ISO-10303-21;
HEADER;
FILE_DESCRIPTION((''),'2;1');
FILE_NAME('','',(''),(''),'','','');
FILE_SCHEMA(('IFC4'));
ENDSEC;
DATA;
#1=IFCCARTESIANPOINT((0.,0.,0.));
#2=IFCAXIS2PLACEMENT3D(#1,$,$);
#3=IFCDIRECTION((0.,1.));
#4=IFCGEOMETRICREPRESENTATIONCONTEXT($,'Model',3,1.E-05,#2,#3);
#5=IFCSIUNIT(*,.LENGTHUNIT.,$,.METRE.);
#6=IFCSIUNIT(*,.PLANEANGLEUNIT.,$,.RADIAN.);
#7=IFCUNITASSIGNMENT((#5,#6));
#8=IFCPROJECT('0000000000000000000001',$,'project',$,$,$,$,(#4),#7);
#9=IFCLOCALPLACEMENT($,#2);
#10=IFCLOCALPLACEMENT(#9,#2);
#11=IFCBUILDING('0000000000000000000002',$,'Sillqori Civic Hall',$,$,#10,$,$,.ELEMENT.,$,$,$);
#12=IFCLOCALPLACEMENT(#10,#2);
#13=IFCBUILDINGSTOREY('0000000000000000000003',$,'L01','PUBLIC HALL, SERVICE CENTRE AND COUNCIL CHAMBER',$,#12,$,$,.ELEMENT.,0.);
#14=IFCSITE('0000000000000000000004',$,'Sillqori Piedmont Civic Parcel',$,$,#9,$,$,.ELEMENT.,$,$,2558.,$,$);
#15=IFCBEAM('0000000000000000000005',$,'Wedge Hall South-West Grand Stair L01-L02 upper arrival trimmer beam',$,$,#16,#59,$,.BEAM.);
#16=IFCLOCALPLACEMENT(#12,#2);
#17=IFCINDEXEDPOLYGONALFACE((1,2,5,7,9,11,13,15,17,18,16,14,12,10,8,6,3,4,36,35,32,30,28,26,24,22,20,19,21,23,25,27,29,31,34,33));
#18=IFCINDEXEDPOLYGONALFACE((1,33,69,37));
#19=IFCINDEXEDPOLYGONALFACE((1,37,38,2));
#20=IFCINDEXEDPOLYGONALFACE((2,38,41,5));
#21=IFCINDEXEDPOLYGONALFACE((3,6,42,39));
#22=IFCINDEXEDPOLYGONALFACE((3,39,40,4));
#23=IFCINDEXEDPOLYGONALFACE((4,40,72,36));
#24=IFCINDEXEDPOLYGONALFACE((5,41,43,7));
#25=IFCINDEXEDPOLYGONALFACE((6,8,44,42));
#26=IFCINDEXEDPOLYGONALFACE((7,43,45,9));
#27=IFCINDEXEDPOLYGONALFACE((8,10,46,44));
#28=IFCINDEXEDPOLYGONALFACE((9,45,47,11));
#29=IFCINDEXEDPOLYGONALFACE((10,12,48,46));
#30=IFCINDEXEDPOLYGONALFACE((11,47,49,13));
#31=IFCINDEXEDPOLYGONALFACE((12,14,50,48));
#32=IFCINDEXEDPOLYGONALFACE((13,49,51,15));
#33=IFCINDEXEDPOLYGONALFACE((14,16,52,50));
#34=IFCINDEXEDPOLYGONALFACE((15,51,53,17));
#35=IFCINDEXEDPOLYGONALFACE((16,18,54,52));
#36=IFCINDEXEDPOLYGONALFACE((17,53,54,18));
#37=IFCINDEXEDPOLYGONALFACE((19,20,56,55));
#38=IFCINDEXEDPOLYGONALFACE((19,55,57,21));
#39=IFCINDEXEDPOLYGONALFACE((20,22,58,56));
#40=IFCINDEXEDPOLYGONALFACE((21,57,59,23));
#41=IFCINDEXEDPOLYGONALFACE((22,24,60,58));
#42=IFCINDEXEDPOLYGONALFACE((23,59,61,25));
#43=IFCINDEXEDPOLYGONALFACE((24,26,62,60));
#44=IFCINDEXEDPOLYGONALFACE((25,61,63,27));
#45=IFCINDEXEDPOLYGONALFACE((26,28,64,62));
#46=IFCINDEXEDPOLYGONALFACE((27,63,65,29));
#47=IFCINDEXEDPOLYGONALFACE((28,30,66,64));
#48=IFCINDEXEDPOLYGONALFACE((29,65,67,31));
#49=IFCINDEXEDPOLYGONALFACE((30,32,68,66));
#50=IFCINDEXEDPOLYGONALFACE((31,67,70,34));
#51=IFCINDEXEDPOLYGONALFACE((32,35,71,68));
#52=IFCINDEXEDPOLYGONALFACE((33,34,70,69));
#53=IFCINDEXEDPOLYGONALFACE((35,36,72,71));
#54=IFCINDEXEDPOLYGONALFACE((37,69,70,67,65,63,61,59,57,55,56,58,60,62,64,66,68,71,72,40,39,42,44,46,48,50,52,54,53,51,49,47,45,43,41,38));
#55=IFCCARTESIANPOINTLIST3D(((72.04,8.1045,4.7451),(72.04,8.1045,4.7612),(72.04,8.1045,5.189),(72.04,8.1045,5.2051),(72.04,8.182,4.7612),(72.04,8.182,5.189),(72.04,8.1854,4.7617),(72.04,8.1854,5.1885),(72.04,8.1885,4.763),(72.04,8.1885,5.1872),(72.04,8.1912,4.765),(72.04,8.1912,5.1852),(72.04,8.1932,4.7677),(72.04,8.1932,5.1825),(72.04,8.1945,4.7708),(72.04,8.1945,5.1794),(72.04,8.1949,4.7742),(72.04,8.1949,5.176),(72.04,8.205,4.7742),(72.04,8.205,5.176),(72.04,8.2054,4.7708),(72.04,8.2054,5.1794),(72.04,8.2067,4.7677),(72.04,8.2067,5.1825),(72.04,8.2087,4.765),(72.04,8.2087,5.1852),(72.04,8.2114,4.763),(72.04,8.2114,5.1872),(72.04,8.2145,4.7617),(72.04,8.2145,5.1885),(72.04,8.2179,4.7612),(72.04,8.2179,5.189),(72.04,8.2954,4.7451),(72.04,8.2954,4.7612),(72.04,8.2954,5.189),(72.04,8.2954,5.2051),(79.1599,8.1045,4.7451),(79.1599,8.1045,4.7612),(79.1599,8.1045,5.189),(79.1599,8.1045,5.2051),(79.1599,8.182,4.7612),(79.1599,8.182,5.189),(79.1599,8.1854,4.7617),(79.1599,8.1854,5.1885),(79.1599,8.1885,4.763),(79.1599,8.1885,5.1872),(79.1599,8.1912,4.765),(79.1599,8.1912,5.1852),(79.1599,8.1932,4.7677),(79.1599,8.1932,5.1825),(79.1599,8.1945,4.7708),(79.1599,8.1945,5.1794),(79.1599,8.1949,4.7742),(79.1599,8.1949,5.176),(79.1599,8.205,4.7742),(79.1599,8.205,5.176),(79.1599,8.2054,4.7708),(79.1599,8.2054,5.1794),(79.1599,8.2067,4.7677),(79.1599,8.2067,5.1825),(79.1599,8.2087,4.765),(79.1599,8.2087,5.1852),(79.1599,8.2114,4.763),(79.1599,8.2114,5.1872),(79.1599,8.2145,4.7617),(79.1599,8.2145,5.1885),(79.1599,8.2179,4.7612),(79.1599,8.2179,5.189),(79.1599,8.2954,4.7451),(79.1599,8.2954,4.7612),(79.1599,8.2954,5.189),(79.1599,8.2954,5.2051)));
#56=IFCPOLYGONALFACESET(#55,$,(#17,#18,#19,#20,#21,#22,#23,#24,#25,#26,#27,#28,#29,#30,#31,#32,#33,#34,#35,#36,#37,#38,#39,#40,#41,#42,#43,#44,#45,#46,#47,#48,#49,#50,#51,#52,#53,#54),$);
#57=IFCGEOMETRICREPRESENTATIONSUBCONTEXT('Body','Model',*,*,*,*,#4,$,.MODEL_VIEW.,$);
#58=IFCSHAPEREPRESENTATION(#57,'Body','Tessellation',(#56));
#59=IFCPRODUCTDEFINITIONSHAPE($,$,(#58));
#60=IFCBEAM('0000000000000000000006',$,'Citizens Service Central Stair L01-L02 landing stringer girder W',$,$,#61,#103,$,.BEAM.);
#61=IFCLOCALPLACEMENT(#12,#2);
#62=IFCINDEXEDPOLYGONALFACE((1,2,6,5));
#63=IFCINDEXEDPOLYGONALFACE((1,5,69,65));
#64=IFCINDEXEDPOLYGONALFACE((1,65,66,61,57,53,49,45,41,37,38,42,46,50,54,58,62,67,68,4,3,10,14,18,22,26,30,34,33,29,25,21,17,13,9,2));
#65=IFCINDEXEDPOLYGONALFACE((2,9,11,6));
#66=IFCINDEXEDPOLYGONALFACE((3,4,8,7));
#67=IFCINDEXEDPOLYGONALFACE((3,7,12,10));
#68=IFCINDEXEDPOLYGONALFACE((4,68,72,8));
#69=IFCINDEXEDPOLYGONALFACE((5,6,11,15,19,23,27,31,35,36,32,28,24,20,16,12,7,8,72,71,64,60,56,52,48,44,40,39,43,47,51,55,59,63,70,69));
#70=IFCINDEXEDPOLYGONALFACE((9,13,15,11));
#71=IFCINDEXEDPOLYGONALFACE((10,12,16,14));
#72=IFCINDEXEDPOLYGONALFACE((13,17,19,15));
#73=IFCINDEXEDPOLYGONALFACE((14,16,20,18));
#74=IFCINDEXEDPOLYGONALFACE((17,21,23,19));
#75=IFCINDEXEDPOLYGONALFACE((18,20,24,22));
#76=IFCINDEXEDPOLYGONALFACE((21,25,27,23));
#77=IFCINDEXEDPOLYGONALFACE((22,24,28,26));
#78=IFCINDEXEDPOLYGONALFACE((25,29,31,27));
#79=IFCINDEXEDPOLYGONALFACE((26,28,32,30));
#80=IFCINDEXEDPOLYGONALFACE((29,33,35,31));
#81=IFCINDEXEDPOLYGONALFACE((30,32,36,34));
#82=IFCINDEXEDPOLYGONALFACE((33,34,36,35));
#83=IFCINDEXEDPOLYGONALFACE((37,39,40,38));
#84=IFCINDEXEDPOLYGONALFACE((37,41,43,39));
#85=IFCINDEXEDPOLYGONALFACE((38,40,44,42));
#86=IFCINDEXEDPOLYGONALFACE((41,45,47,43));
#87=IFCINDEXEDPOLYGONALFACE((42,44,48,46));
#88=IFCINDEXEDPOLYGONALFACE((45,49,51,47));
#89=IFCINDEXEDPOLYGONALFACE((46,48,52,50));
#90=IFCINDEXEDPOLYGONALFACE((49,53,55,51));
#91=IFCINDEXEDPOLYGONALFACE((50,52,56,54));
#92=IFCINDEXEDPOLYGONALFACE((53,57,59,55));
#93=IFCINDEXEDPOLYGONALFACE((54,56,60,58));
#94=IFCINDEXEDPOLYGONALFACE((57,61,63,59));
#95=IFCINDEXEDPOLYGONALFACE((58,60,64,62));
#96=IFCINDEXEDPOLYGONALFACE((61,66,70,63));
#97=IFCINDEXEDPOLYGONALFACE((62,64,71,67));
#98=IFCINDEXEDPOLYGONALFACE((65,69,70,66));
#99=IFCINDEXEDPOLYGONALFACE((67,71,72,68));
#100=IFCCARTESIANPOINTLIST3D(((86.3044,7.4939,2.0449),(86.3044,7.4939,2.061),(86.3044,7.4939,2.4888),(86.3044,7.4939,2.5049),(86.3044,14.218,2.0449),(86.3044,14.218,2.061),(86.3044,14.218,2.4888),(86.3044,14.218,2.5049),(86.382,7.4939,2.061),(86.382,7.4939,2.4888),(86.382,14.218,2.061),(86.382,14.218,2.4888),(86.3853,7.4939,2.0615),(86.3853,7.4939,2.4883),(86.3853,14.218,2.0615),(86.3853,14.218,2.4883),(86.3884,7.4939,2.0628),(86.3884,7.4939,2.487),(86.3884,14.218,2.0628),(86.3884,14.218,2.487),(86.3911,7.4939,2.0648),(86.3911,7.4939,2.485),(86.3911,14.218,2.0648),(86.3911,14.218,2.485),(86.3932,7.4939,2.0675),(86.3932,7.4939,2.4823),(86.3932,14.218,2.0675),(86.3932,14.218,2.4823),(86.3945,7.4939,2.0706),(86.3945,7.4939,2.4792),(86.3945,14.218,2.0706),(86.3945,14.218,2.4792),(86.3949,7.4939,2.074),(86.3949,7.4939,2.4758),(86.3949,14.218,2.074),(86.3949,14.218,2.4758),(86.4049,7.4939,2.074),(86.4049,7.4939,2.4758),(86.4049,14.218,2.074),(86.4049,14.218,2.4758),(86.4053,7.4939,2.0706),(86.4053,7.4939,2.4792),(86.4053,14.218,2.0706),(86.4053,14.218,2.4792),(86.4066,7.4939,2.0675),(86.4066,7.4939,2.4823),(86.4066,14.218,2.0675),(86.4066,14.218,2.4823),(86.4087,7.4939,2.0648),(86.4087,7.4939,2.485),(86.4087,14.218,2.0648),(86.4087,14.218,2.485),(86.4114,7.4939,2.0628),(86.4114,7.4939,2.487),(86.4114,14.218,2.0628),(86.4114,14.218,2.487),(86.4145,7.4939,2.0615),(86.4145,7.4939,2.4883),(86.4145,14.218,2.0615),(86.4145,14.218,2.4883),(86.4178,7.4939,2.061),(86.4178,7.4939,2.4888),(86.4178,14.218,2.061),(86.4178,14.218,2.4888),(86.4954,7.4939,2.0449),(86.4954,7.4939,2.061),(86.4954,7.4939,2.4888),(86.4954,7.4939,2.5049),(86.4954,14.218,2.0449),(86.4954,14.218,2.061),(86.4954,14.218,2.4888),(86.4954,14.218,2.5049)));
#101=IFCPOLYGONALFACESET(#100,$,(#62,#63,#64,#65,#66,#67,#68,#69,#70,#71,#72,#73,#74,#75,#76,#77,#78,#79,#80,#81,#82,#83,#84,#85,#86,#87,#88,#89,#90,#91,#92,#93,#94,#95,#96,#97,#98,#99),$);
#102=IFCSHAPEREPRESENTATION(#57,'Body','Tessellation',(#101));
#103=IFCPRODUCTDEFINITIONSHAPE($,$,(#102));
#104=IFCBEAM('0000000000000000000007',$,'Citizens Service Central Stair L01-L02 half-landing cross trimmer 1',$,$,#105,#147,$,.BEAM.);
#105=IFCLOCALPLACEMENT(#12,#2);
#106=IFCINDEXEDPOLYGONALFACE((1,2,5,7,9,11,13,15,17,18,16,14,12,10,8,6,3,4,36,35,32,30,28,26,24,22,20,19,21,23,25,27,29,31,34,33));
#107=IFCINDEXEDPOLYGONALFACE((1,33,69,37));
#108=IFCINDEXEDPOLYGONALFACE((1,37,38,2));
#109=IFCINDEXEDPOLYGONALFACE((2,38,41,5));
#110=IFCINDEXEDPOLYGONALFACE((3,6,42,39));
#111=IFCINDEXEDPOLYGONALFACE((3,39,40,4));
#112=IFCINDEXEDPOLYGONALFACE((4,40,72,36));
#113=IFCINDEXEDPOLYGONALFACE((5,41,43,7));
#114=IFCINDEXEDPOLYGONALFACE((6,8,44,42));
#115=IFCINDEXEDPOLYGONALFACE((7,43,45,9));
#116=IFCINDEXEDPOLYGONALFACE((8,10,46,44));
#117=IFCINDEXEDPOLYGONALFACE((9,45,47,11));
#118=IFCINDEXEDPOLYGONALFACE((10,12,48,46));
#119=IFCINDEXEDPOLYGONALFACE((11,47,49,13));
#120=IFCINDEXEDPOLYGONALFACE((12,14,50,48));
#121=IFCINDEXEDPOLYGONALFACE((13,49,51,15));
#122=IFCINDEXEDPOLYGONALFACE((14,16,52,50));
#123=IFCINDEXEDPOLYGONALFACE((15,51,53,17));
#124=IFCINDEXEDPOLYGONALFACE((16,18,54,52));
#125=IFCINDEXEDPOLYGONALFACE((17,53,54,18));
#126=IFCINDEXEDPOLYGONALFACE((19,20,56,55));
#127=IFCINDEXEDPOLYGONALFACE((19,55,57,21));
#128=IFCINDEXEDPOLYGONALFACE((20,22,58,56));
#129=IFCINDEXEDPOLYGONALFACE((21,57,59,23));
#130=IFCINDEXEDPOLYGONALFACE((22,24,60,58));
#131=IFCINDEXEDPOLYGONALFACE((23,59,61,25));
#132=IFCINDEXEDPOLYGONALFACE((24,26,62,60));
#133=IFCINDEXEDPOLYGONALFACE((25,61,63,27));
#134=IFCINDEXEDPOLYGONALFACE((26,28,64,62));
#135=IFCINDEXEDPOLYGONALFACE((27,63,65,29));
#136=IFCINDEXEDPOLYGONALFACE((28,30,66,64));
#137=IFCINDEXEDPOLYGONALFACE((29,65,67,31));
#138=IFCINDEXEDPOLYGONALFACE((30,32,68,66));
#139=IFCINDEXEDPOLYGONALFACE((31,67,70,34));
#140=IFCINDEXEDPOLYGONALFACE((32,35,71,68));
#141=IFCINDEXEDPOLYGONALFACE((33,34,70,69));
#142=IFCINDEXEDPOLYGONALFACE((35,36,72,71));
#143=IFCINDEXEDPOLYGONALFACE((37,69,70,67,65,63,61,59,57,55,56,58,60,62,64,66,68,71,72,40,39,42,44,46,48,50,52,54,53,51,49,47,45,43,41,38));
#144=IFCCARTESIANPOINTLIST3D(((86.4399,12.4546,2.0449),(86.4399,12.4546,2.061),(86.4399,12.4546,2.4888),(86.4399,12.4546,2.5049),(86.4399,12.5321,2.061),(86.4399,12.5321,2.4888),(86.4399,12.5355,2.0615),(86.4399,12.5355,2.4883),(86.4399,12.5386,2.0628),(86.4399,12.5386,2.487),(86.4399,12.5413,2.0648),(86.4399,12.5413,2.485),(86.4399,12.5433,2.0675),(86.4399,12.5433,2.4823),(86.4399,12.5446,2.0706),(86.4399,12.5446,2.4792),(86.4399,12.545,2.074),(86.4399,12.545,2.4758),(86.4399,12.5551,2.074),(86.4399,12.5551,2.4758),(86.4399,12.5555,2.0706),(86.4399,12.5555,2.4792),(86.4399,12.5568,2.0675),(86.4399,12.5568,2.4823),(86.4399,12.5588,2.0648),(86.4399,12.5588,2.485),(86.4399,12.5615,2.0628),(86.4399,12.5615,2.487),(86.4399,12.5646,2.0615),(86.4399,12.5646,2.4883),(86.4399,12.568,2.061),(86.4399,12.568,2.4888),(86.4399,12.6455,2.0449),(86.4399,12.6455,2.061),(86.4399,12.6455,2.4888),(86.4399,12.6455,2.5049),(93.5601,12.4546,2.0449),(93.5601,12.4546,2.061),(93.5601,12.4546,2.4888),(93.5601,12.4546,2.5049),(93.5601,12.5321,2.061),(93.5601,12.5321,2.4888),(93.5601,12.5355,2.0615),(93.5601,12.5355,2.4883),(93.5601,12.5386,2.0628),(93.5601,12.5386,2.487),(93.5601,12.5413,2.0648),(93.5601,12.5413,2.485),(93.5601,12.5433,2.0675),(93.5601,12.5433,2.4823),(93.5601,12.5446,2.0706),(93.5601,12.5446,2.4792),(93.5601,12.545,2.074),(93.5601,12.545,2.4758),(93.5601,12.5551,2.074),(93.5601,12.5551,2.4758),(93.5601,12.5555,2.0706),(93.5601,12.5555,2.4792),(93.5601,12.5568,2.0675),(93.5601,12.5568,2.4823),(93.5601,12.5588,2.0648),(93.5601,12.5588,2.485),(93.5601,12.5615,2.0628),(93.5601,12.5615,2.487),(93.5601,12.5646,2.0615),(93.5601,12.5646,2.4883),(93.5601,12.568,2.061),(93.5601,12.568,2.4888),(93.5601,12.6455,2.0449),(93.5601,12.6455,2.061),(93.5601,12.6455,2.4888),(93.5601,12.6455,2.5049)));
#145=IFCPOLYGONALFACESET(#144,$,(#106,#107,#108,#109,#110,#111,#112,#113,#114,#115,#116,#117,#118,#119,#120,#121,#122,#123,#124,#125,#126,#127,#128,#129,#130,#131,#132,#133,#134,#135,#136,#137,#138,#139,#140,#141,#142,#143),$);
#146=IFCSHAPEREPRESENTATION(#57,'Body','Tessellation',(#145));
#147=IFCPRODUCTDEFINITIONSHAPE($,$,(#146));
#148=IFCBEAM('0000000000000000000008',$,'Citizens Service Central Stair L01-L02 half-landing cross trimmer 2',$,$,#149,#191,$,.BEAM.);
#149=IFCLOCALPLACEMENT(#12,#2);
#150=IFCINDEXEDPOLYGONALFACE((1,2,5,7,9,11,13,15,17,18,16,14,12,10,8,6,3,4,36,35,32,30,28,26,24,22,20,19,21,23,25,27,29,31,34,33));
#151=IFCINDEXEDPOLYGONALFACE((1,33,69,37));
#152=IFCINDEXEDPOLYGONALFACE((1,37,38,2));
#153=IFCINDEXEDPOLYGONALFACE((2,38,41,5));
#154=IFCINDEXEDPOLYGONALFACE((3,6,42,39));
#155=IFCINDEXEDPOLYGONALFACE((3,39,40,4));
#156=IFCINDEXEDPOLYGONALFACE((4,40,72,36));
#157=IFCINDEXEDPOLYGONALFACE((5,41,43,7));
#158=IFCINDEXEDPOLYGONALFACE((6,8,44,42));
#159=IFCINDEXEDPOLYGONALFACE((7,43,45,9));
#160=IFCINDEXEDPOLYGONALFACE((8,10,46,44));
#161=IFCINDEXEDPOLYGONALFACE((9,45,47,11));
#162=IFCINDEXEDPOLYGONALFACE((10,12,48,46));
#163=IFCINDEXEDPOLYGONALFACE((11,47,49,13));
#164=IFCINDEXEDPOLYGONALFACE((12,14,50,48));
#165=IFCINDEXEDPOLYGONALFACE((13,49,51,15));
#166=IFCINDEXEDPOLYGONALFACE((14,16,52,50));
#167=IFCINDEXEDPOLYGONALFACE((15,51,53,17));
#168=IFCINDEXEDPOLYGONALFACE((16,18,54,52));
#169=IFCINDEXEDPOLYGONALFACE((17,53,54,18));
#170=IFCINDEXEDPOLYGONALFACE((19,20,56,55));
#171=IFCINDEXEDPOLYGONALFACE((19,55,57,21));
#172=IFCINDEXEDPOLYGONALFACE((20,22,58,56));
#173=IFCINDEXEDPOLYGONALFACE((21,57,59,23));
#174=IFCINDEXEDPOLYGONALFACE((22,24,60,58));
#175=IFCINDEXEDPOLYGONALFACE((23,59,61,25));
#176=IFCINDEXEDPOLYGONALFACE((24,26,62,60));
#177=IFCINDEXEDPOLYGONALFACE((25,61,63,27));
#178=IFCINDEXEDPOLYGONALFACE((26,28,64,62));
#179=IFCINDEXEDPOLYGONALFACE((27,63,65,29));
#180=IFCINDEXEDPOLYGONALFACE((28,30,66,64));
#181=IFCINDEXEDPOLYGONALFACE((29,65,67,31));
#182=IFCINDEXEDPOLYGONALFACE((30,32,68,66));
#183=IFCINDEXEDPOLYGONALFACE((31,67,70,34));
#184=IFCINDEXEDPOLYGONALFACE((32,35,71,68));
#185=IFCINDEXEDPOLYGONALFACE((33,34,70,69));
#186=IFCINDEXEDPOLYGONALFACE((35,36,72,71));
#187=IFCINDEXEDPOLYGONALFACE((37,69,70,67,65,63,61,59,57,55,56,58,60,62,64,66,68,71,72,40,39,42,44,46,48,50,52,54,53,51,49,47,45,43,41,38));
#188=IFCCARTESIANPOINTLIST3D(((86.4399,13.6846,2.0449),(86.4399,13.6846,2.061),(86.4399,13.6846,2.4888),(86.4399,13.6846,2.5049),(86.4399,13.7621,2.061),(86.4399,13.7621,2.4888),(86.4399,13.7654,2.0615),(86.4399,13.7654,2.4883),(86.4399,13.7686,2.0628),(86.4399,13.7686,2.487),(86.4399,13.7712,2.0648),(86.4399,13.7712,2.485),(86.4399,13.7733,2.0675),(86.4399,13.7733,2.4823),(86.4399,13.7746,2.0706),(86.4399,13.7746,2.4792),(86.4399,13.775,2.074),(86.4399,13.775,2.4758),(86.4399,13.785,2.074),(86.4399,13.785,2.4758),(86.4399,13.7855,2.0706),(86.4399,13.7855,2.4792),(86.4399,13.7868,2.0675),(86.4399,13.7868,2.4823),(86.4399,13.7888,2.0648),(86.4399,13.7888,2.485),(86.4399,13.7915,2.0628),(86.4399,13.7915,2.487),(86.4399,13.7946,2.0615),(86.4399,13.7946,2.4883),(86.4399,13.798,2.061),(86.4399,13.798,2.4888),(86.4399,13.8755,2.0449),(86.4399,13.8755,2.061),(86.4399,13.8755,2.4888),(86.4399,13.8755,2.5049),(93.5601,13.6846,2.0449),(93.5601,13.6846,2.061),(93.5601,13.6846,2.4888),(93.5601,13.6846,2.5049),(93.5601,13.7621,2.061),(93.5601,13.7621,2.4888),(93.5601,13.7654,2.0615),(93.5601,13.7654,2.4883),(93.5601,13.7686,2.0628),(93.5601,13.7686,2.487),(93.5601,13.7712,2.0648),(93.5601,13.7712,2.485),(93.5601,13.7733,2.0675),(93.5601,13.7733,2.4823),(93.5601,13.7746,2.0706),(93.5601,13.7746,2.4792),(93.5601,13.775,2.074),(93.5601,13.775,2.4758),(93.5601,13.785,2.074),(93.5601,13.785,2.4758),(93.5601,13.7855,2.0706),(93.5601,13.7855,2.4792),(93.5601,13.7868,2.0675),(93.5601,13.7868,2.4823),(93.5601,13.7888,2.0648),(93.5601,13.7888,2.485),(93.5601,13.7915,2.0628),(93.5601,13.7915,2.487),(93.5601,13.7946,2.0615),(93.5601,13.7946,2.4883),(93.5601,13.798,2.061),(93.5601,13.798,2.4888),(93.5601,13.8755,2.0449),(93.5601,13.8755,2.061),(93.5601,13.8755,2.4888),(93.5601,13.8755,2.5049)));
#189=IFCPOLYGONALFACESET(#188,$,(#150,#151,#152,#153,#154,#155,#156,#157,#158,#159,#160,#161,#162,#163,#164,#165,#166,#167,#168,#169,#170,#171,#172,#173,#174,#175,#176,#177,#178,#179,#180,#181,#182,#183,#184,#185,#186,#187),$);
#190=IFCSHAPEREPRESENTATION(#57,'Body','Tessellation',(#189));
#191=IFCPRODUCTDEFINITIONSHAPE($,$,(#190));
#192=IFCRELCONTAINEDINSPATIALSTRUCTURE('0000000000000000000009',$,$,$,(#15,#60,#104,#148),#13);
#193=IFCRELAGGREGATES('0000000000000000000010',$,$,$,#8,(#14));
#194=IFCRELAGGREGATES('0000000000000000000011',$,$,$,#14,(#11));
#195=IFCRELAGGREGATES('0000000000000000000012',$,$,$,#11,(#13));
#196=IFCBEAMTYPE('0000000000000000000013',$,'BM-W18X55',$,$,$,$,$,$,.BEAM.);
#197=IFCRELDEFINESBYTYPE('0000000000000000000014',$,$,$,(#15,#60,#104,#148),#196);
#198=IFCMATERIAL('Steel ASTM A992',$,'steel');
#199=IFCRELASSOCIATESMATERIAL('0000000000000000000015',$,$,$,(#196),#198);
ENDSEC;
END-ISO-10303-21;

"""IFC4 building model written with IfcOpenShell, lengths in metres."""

from ifc_helpers import new_model, si_unit, direction, frame, origin, origin_2d, place, context, subcontext, project, spatial, i_section, extrude, material, material_profile, profile_set, type_object, element, save


model = new_model("IFC4")

# Units and contexts
model_context = context("Model", 3, precision=1e-05, world=origin(), true_north=direction((0.0, 1.0)))
body_context = subcontext(model_context, "Body", "Model", "MODEL_VIEW")
ifc_project = project(units=[si_unit("LENGTHUNIT", "METRE"), si_unit("PLANEANGLEUNIT", "RADIAN")], contexts=[model_context])

# Site, building, storey
site_placement = place(None, origin())
site = spatial("IfcSite", under=ifc_project, at=site_placement, Name="Sillqori Piedmont Civic Parcel", CompositionType="ELEMENT", RefElevation=2558.0)
building_placement = place(site_placement, origin())
building = spatial("IfcBuilding", under=site, at=building_placement, Name="Sillqori Civic Hall", CompositionType="ELEMENT")
storey_placement = place(building_placement, origin())
storey = spatial("IfcBuildingStorey", under=building, at=storey_placement, Name="L01", Description="PUBLIC HALL, SERVICE CENTRE AND COUNCIL CHAMBER", CompositionType="ELEMENT", Elevation=0.0)

# Shared definitions
ifc_material_1 = material(Name="Steel ASTM A992", Category="steel")

# Beams
ifc_material_profile_1 = material_profile(ifc_material_1, i_section(OverallWidth=0.1909, OverallDepth=0.46, WebThickness=0.01, FlangeThickness=0.0161, FilletRadius=0.0129, at=origin_2d()), Name="W18X55")
ifc_profile_set_1 = profile_set([ifc_material_profile_1], Name="Steel ASTM A992")
beam_type_1 = type_object("IfcBeamType", Name="BM-W18X55", PredefinedType="BEAM", material=ifc_profile_set_1)
beam_1_placement = place(storey_placement, frame((72.04, 8.2, 4.9751), z_axis=(1.0, 0.0, 0.0), x_axis=(0.0, 1.0, 0.0)))
element("IfcBeam", 1, at=beam_1_placement, inside=storey, type_object=beam_type_1, Name="Wedge Hall South-West Grand Stair L01-L02 upper arrival trimmer beam", PredefinedType="BEAM", context=body_context, shape_type="SweptSolid", body=[
    extrude(i_section(OverallWidth=0.1909, OverallDepth=0.46, WebThickness=0.01, FlangeThickness=0.0161, FilletRadius=0.0129, at=origin_2d()), origin(), (0.0, 0.0, 1.0), 7.1199),
])
beam_2_placement = place(storey_placement, frame((86.3999, 7.4939, 2.2749), z_axis=(0.0, 1.0, 0.0), x_axis=(-1.0, 0.0, 0.0)))
element("IfcBeam", 2, at=beam_2_placement, inside=storey, type_object=beam_type_1, Name="Citizens Service Central Stair L01-L02 landing stringer girder W", PredefinedType="BEAM", context=body_context, shape_type="SweptSolid", body=[
    extrude(i_section(OverallWidth=0.1909, OverallDepth=0.46, WebThickness=0.01, FlangeThickness=0.0161, FilletRadius=0.0129, at=origin_2d()), origin(), (0.0, 0.0, 1.0), 6.7241),
])
for number, where, z_axis, x_axis, name in (
    (3, (86.4399, 12.55, 2.2749), (1.0, 0.0, 0.0), (0.0, 1.0, 0.0), "Citizens Service Central Stair L01-L02 half-landing cross trimmer 1"),
    (4, (86.4399, 13.78, 2.2749), (1.0, 0.0, 0.0), (0.0, 1.0, 0.0), "Citizens Service Central Stair L01-L02 half-landing cross trimmer 2"),
):
    element("IfcBeam", number, at=place(storey_placement, frame(where, z_axis=z_axis, x_axis=x_axis)), inside=storey, type_object=beam_type_1, Name=name, PredefinedType="BEAM", context=body_context, shape_type="SweptSolid", body=[
        extrude(i_section(OverallWidth=0.1909, OverallDepth=0.46, WebThickness=0.01, FlangeThickness=0.0161, FilletRadius=0.0129, at=origin_2d()), origin(), (0.0, 0.0, 1.0), 7.1201),
    ])

save(model, "model.ifc")
